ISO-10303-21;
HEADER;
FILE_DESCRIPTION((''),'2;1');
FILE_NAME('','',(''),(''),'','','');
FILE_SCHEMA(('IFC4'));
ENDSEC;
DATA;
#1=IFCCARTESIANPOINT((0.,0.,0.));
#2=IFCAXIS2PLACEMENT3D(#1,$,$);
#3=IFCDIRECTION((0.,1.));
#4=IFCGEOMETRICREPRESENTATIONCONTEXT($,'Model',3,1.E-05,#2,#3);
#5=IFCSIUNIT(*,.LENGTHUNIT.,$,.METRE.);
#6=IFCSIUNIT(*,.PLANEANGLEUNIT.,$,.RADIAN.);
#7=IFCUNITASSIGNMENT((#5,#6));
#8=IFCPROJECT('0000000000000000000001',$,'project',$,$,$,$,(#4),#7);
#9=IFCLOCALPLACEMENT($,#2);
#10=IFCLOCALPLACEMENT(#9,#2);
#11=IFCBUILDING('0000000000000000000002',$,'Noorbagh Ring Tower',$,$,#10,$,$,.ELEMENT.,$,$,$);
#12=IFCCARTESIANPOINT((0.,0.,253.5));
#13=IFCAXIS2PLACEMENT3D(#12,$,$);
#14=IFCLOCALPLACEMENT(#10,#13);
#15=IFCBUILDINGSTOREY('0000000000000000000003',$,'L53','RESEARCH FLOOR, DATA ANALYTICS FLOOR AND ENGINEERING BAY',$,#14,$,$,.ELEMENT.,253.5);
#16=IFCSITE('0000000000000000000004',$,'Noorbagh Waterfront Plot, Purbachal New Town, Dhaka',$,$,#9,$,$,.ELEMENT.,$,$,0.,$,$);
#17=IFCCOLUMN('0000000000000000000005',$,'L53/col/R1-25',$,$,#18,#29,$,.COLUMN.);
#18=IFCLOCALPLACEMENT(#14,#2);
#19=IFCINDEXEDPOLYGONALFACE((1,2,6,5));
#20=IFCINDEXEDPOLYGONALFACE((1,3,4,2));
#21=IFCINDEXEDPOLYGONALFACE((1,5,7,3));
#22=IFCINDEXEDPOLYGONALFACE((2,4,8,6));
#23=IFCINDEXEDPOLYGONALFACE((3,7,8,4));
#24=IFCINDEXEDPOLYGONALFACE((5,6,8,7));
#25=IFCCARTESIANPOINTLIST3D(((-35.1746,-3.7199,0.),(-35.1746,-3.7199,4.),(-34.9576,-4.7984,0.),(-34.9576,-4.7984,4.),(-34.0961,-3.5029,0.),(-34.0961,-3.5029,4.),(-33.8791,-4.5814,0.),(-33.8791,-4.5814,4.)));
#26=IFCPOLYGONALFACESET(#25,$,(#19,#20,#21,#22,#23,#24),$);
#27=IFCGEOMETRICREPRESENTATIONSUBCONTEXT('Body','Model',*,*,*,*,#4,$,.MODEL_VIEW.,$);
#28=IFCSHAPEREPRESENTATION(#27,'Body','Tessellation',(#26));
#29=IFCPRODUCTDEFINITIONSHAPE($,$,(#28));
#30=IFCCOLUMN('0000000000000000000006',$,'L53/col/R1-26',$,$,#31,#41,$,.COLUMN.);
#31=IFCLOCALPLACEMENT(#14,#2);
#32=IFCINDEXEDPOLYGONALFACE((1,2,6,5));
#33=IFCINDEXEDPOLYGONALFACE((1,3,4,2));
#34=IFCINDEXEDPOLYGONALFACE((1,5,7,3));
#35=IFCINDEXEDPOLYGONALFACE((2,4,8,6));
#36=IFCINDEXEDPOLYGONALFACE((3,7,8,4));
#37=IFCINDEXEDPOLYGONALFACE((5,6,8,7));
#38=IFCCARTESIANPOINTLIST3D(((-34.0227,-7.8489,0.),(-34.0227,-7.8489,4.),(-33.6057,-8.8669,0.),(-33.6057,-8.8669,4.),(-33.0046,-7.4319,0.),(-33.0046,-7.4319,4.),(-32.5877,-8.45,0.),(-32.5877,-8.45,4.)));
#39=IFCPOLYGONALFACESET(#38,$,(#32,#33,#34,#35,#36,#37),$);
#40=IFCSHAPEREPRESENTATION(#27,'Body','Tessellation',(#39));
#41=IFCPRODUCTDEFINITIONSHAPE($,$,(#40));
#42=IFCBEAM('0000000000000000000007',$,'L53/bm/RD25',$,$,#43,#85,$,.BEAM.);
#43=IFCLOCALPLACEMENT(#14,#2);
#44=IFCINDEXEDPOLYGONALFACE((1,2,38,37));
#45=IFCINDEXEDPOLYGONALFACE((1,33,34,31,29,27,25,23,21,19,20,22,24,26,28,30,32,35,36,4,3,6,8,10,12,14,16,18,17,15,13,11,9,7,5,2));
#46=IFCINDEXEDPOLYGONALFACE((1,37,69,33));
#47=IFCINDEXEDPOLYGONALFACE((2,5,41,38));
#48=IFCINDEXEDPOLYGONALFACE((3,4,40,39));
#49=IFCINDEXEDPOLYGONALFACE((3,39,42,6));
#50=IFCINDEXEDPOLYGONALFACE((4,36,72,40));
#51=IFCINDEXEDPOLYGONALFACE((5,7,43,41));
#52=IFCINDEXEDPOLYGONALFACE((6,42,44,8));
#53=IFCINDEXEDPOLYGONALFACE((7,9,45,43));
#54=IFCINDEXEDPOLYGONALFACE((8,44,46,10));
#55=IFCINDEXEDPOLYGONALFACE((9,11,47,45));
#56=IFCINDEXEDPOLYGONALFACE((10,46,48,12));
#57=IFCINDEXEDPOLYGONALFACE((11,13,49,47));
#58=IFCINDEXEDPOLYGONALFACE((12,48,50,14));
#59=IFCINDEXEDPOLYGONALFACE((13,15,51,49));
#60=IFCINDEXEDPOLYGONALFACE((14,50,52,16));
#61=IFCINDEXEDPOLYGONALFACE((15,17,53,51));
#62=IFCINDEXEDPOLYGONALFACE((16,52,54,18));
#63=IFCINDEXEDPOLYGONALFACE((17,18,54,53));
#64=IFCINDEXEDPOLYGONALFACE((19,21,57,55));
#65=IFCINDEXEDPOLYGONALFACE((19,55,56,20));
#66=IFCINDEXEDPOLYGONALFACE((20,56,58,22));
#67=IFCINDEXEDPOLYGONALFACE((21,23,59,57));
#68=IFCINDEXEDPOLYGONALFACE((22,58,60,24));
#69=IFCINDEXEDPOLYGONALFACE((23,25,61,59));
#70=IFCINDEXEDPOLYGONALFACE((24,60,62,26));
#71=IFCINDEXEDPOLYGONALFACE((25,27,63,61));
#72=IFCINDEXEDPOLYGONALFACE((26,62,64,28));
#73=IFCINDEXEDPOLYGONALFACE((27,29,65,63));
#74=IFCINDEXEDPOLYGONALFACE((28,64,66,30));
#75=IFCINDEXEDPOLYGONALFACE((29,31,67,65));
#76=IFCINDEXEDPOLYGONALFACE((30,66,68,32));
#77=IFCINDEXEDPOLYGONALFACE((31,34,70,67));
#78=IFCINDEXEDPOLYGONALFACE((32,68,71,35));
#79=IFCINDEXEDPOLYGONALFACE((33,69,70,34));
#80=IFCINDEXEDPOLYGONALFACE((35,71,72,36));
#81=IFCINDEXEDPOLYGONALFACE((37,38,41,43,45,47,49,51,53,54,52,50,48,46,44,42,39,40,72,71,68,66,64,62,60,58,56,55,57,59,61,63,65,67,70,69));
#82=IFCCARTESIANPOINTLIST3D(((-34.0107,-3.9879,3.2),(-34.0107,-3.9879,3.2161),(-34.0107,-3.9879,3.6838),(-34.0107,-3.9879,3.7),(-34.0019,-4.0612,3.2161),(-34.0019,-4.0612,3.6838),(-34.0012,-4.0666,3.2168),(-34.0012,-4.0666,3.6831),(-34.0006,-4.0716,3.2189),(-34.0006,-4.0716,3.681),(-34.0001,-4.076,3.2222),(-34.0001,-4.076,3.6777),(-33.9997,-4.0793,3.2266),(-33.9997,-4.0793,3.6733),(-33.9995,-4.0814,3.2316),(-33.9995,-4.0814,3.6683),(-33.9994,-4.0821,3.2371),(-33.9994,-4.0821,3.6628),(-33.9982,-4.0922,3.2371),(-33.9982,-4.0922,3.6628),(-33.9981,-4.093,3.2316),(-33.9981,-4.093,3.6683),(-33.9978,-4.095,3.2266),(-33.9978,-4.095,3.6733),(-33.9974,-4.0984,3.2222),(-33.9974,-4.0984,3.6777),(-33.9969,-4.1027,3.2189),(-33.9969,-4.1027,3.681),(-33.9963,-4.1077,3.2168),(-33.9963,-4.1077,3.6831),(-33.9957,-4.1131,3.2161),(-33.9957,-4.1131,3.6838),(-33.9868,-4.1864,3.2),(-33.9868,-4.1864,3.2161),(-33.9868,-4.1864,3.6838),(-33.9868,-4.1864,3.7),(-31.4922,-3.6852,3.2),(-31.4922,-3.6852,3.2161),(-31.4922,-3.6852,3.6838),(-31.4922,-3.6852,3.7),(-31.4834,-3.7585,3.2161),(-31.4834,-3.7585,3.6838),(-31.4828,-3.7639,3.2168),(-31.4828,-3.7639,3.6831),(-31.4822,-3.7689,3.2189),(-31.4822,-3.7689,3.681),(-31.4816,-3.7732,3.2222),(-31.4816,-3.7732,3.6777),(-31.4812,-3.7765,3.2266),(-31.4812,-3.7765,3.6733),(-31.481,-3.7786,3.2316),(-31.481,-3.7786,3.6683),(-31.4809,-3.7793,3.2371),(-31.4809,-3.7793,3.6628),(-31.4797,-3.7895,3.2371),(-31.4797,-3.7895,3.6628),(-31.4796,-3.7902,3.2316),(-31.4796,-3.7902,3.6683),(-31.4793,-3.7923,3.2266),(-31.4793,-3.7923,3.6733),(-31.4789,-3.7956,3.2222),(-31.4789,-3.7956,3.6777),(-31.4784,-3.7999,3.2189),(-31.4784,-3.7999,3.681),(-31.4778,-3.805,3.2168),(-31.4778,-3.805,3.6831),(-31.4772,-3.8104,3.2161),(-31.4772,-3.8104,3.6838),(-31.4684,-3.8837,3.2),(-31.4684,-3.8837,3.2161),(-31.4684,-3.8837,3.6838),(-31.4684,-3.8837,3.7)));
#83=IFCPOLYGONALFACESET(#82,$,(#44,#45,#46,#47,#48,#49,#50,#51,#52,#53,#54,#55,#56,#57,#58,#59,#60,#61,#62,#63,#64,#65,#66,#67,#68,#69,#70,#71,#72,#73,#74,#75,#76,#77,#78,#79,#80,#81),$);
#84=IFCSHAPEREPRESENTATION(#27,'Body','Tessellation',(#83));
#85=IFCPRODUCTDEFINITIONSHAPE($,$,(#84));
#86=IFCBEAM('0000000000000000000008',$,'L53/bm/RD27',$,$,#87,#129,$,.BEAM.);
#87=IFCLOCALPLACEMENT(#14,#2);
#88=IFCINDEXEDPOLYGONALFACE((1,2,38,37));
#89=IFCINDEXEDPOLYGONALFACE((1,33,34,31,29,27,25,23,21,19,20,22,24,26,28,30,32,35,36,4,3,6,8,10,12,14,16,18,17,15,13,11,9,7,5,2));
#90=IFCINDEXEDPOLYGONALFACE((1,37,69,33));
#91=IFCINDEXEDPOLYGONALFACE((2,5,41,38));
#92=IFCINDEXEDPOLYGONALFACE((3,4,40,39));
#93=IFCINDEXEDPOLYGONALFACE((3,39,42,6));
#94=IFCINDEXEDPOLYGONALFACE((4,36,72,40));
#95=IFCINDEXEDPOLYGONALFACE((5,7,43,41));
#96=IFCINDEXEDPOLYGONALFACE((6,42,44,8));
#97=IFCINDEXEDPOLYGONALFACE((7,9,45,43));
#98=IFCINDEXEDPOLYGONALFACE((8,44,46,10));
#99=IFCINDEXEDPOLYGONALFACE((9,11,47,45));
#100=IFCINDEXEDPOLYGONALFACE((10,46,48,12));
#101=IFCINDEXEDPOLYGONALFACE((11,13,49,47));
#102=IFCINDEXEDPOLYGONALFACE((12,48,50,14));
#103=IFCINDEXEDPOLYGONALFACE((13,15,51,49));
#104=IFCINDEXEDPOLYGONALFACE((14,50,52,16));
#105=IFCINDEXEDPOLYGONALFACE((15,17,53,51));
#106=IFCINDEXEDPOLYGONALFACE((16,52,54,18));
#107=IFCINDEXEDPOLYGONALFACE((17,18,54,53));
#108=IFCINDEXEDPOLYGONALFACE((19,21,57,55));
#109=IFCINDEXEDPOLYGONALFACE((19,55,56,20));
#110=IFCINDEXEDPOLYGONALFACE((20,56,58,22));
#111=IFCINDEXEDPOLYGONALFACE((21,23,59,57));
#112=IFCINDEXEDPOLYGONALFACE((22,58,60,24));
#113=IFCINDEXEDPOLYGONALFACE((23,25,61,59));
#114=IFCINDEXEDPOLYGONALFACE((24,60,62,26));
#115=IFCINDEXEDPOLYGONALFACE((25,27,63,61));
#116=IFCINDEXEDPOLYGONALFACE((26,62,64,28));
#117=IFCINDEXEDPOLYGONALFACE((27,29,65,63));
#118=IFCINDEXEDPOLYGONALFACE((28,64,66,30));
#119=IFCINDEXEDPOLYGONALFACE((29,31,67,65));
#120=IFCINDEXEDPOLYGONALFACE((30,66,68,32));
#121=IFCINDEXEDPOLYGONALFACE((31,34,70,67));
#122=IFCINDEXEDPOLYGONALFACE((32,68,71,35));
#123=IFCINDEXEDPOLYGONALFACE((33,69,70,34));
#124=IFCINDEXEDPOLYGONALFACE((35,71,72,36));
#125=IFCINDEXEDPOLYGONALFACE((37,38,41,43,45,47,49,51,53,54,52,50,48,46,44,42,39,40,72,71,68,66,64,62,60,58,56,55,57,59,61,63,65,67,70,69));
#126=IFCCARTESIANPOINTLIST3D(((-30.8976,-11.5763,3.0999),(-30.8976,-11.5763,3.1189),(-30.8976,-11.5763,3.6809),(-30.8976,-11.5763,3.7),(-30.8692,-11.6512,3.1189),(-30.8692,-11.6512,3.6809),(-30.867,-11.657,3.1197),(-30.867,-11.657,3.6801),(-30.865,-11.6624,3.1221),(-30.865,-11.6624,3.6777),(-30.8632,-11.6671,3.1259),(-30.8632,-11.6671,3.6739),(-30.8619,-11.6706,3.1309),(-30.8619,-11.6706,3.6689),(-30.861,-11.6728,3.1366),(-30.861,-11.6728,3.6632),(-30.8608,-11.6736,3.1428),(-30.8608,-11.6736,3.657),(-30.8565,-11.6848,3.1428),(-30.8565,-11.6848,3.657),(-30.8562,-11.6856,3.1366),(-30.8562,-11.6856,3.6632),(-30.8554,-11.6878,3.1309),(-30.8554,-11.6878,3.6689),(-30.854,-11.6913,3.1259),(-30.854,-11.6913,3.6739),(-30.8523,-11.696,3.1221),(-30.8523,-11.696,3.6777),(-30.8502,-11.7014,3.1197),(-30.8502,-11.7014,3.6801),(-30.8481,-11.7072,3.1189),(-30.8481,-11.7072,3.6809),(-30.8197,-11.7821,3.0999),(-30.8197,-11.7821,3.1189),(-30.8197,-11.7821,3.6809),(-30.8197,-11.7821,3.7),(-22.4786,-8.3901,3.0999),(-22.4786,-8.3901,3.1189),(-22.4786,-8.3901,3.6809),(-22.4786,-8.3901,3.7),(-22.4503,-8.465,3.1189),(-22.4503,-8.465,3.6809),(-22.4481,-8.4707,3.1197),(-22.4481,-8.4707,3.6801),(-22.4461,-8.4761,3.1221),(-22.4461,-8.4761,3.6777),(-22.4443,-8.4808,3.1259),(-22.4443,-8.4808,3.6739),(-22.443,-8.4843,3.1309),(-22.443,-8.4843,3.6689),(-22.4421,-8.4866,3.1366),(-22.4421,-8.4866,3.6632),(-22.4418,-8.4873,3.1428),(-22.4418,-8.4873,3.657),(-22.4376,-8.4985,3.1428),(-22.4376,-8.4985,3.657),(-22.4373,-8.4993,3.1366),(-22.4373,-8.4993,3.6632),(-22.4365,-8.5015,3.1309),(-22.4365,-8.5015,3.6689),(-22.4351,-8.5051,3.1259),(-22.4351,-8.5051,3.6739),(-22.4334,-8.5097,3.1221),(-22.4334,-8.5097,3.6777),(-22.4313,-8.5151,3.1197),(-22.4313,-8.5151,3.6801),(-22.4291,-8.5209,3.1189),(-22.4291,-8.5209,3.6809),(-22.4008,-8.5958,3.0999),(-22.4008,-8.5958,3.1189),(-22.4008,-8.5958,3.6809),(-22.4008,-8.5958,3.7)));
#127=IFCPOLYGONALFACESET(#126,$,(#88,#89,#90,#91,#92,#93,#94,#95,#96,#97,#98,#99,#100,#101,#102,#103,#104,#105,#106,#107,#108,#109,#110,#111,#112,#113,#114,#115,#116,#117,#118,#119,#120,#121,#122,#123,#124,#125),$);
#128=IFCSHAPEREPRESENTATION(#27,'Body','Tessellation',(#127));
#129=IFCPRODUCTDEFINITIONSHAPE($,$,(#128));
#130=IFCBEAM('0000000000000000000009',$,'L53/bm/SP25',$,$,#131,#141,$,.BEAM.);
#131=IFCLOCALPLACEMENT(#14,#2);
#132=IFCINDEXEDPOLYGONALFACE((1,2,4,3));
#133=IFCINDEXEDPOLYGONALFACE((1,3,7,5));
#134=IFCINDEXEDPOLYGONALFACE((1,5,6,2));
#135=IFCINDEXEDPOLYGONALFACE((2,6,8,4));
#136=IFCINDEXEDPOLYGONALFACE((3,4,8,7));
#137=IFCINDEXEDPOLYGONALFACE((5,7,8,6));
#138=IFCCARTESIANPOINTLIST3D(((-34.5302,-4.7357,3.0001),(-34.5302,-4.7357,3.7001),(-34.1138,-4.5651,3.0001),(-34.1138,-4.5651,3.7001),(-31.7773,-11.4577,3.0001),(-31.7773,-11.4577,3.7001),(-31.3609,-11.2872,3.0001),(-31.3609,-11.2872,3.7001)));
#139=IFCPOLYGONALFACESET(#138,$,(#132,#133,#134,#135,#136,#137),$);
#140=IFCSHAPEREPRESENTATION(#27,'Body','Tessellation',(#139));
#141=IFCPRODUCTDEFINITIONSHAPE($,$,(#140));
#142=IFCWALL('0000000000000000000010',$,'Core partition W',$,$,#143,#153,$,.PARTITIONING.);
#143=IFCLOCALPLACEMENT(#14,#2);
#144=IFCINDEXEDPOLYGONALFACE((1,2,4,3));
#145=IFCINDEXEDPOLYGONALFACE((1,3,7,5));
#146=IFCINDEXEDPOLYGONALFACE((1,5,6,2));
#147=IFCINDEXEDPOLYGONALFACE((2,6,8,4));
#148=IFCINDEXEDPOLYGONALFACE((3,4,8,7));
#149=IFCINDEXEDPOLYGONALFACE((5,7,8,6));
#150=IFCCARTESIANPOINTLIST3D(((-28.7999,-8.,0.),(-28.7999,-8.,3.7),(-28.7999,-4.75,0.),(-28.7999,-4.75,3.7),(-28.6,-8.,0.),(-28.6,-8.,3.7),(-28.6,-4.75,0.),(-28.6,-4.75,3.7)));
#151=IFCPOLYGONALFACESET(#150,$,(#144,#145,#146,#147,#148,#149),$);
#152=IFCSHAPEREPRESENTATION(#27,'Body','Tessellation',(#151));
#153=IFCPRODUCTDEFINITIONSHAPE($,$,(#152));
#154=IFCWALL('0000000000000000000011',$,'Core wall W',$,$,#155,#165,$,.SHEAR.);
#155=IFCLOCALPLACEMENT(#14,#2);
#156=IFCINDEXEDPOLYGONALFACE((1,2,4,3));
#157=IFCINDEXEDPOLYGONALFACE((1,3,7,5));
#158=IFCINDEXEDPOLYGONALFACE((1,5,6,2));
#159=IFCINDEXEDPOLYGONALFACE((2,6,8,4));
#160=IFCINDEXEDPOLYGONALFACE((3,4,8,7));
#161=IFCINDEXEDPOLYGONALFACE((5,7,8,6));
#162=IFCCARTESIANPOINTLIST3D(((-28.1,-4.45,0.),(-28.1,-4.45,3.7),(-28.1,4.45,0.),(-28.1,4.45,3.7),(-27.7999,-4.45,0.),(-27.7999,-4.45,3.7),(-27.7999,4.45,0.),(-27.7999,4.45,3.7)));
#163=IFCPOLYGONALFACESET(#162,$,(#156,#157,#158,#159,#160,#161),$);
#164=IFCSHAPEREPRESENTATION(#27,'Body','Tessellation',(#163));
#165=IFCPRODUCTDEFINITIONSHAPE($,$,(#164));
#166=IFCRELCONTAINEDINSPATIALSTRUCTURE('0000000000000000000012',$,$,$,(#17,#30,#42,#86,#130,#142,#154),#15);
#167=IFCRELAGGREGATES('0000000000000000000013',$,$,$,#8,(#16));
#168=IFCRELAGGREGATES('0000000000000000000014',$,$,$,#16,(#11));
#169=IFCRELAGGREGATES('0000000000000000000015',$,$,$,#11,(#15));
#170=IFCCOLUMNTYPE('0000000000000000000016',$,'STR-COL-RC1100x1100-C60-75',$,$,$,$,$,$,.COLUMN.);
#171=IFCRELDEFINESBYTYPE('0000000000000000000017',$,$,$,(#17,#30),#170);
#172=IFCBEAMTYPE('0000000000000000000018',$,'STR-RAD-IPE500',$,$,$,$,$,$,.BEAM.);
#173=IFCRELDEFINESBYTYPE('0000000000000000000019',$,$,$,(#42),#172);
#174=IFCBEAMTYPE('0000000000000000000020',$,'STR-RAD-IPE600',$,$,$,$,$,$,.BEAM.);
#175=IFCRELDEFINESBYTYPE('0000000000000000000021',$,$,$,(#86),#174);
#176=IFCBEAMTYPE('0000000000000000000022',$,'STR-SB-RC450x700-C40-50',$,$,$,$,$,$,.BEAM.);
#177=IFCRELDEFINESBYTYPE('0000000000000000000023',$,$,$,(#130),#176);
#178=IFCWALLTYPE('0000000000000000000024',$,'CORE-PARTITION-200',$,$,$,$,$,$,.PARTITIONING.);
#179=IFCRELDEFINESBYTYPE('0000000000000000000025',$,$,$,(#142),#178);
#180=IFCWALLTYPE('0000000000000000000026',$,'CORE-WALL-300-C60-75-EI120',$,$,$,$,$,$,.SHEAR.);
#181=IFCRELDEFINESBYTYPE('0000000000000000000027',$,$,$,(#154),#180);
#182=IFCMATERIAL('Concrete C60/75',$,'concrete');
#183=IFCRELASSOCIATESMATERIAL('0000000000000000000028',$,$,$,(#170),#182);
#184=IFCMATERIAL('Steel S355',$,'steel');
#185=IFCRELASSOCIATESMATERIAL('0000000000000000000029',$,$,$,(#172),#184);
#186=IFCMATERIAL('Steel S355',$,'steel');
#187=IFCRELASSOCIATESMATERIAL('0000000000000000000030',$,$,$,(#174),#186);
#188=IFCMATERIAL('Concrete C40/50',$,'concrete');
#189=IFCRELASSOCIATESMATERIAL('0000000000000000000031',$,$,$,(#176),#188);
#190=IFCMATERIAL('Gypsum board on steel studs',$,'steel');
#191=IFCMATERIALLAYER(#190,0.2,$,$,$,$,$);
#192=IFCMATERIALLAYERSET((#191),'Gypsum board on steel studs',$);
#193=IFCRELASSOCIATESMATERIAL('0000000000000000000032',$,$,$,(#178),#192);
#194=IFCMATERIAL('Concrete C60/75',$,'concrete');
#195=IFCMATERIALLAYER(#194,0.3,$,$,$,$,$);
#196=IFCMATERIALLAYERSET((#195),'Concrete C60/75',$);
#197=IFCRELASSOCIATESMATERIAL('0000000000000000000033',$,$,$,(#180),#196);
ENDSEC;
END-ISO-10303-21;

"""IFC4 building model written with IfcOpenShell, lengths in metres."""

from ifc_helpers import new_model, si_unit, direction, frame, frame_2d, origin, origin_2d, place, context, subcontext, project, spatial, rectangle, i_section, extrude, material, layer, layer_set, material_profile, profile_set, type_object, element, save


model = new_model("IFC4")

# Units and contexts
model_context = context("Model", 3, precision=1e-05, world=origin(), true_north=direction((0.0, 1.0)))
body_context = subcontext(model_context, "Body", "Model", "MODEL_VIEW")
ifc_project = project(units=[si_unit("LENGTHUNIT", "METRE"), si_unit("PLANEANGLEUNIT", "RADIAN")], contexts=[model_context])

# Site, building, storey
site_placement = place(None, origin())
site = spatial("IfcSite", under=ifc_project, at=site_placement, Name="Noorbagh Waterfront Plot, Purbachal New Town, Dhaka", CompositionType="ELEMENT", RefElevation=0.0)
building_placement = place(site_placement, origin())
building = spatial("IfcBuilding", under=site, at=building_placement, Name="Noorbagh Ring Tower", CompositionType="ELEMENT")
storey_placement = place(building_placement, frame((0.0, 0.0, 253.5)))
storey = spatial("IfcBuildingStorey", under=building, at=storey_placement, Name="L53", Description="RESEARCH FLOOR, DATA ANALYTICS FLOOR AND ENGINEERING BAY", CompositionType="ELEMENT", Elevation=253.5)

# Columns
ifc_material_1 = material(Name="Concrete C60/75", Category="concrete")
ifc_material_profile_1 = material_profile(ifc_material_1, rectangle(XDim=1.1001, YDim=1.1001, at=origin_2d()), Name="RC1100x1100")
ifc_profile_set_1 = profile_set([ifc_material_profile_1], Name="Concrete C60/75")
column_type = type_object("IfcColumnType", Name="STR-COL-RC1100x1100-C60-75", PredefinedType="COLUMN", material=ifc_profile_set_1)
for number, where, z_axis, x_axis, name in (
    (1, (-34.5269, -4.1506, 0.0), (0.0, 0.0, 1.0), (0.19723, -0.980357, 0.0), "L53/col/R1-25"),
    (2, (-33.3052, -8.1494, 0.0), (0.0, 0.0, 1.0), (0.378989, -0.925401, 0.0), "L53/col/R1-26"),
):
    element("IfcColumn", number, at=place(storey_placement, frame(where, z_axis=z_axis, x_axis=x_axis)), inside=storey, type_object=column_type, Name=name, PredefinedType="COLUMN", context=body_context, shape_type="SweptSolid", body=[
        extrude(rectangle(XDim=1.1001, YDim=1.1001, at=origin_2d()), origin(), (0.0, 0.0, 1.0), 4.0),
    ])

# Beams
ifc_material_2 = material(Name="Steel S355", Category="steel")
ifc_material_profile_2 = material_profile(ifc_material_2, i_section(OverallWidth=0.2, OverallDepth=0.5, WebThickness=0.0103, FlangeThickness=0.0161, FilletRadius=0.021, at=origin_2d()), Name="IPE500")
ifc_profile_set_2 = profile_set([ifc_material_profile_2], Name="Steel S355")
beam_type_1 = type_object("IfcBeamType", Name="STR-RAD-IPE500", PredefinedType="BEAM", material=ifc_profile_set_2)
beam_1_placement = place(storey_placement, frame((-33.9988, -4.0872, 3.45), z_axis=(0.992853, 0.119343, 0.0), x_axis=(-0.119343, 0.992853, 0.0)))
element("IfcBeam", 3, at=beam_1_placement, inside=storey, type_object=beam_type_1, Name="L53/bm/RD25", PredefinedType="BEAM", context=body_context, shape_type="SweptSolid", body=[
    extrude(i_section(OverallWidth=0.2, OverallDepth=0.5, WebThickness=0.0103, FlangeThickness=0.0161, FilletRadius=0.021, at=origin_2d()), origin(), (0.0, 0.0, 1.0), 2.5366),
])
ifc_material_3 = material(Name="Steel S355", Category="steel")
ifc_material_profile_3 = material_profile(ifc_material_3, i_section(OverallWidth=0.22, OverallDepth=0.6001, WebThickness=0.012, FlangeThickness=0.019, FilletRadius=0.0239, at=origin_2d()), Name="IPE600")
ifc_profile_set_3 = profile_set([ifc_material_profile_3], Name="Steel S355")
beam_type_2 = type_object("IfcBeamType", Name="STR-RAD-IPE600", PredefinedType="BEAM", material=ifc_profile_set_3)
beam_2_placement = place(storey_placement, frame((-30.8586, -11.6792, 3.3999), z_axis=(0.935259, 0.353963, 0.0), x_axis=(-0.353963, 0.935259, 0.0)))
element("IfcBeam", 4, at=beam_2_placement, inside=storey, type_object=beam_type_2, Name="L53/bm/RD27", PredefinedType="BEAM", context=body_context, shape_type="SweptSolid", body=[
    extrude(i_section(OverallWidth=0.22, OverallDepth=0.6001, WebThickness=0.012, FlangeThickness=0.019, FilletRadius=0.0239, at=origin_2d()), origin(), (0.0, 0.0, 1.0), 9.0017),
])
ifc_material_4 = material(Name="Concrete C40/50", Category="concrete")
ifc_material_profile_4 = material_profile(ifc_material_4, rectangle(XDim=0.45, YDim=0.7, at=origin_2d()), Name="RC450x700")
ifc_profile_set_4 = profile_set([ifc_material_profile_4], Name="Concrete C40/50")
beam_type_3 = type_object("IfcBeamType", Name="STR-SB-RC450x700-C40-50", PredefinedType="BEAM", material=ifc_profile_set_4)
beam_3_placement = place(storey_placement, frame((-34.322, -4.6504, 3.3501), z_axis=(0.378981, -0.925404, 0.0), x_axis=(0.925404, 0.378981, 0.0)))
element("IfcBeam", 5, at=beam_3_placement, inside=storey, type_object=beam_type_3, Name="L53/bm/SP25", PredefinedType="BEAM", context=body_context, shape_type="SweptSolid", body=[
    extrude(rectangle(XDim=0.45, YDim=0.7, at=origin_2d()), origin(), (0.0, 0.0, 1.0), 7.2639),
])

# Walls
ifc_material_5 = material(Name="Gypsum board on steel studs", Category="steel")
ifc_layer_1 = layer(ifc_material_5, 0.2)
ifc_layer_set_1 = layer_set([ifc_layer_1], Name="Gypsum board on steel studs")
wall_type_1 = type_object("IfcWallType", Name="CORE-PARTITION-200", PredefinedType="PARTITIONING", material=ifc_layer_set_1)
wall_1_placement = place(storey_placement, frame((-28.7, -8.0, 0.0), z_axis=(0.0, 0.0, 1.0), x_axis=(0.0, 1.0, 0.0)))
element("IfcWall", 6, at=wall_1_placement, inside=storey, type_object=wall_type_1, Name="Core partition W", PredefinedType="PARTITIONING", context=body_context, shape_type="SweptSolid", body=[
    extrude(rectangle(XDim=3.25, YDim=0.2, at=frame_2d((1.625, 0.0))), origin(), (0.0, 0.0, 1.0), 3.7),
])
ifc_material_6 = material(Name="Concrete C60/75", Category="concrete")
ifc_layer_2 = layer(ifc_material_6, 0.3)
ifc_layer_set_2 = layer_set([ifc_layer_2], Name="Concrete C60/75")
wall_type_2 = type_object("IfcWallType", Name="CORE-WALL-300-C60-75-EI120", PredefinedType="SHEAR", material=ifc_layer_set_2)
wall_2_placement = place(storey_placement, frame((-27.95, -4.45, 0.0), z_axis=(0.0, 0.0, 1.0), x_axis=(0.0, 1.0, 0.0)))
element("IfcWall", 7, at=wall_2_placement, inside=storey, type_object=wall_type_2, Name="Core wall W", PredefinedType="SHEAR", context=body_context, shape_type="SweptSolid", body=[
    extrude(rectangle(XDim=8.8999, YDim=0.3, at=frame_2d((4.45, 0.0))), origin(), (0.0, 0.0, 1.0), 3.7),
])

save(model, "model.ifc")
